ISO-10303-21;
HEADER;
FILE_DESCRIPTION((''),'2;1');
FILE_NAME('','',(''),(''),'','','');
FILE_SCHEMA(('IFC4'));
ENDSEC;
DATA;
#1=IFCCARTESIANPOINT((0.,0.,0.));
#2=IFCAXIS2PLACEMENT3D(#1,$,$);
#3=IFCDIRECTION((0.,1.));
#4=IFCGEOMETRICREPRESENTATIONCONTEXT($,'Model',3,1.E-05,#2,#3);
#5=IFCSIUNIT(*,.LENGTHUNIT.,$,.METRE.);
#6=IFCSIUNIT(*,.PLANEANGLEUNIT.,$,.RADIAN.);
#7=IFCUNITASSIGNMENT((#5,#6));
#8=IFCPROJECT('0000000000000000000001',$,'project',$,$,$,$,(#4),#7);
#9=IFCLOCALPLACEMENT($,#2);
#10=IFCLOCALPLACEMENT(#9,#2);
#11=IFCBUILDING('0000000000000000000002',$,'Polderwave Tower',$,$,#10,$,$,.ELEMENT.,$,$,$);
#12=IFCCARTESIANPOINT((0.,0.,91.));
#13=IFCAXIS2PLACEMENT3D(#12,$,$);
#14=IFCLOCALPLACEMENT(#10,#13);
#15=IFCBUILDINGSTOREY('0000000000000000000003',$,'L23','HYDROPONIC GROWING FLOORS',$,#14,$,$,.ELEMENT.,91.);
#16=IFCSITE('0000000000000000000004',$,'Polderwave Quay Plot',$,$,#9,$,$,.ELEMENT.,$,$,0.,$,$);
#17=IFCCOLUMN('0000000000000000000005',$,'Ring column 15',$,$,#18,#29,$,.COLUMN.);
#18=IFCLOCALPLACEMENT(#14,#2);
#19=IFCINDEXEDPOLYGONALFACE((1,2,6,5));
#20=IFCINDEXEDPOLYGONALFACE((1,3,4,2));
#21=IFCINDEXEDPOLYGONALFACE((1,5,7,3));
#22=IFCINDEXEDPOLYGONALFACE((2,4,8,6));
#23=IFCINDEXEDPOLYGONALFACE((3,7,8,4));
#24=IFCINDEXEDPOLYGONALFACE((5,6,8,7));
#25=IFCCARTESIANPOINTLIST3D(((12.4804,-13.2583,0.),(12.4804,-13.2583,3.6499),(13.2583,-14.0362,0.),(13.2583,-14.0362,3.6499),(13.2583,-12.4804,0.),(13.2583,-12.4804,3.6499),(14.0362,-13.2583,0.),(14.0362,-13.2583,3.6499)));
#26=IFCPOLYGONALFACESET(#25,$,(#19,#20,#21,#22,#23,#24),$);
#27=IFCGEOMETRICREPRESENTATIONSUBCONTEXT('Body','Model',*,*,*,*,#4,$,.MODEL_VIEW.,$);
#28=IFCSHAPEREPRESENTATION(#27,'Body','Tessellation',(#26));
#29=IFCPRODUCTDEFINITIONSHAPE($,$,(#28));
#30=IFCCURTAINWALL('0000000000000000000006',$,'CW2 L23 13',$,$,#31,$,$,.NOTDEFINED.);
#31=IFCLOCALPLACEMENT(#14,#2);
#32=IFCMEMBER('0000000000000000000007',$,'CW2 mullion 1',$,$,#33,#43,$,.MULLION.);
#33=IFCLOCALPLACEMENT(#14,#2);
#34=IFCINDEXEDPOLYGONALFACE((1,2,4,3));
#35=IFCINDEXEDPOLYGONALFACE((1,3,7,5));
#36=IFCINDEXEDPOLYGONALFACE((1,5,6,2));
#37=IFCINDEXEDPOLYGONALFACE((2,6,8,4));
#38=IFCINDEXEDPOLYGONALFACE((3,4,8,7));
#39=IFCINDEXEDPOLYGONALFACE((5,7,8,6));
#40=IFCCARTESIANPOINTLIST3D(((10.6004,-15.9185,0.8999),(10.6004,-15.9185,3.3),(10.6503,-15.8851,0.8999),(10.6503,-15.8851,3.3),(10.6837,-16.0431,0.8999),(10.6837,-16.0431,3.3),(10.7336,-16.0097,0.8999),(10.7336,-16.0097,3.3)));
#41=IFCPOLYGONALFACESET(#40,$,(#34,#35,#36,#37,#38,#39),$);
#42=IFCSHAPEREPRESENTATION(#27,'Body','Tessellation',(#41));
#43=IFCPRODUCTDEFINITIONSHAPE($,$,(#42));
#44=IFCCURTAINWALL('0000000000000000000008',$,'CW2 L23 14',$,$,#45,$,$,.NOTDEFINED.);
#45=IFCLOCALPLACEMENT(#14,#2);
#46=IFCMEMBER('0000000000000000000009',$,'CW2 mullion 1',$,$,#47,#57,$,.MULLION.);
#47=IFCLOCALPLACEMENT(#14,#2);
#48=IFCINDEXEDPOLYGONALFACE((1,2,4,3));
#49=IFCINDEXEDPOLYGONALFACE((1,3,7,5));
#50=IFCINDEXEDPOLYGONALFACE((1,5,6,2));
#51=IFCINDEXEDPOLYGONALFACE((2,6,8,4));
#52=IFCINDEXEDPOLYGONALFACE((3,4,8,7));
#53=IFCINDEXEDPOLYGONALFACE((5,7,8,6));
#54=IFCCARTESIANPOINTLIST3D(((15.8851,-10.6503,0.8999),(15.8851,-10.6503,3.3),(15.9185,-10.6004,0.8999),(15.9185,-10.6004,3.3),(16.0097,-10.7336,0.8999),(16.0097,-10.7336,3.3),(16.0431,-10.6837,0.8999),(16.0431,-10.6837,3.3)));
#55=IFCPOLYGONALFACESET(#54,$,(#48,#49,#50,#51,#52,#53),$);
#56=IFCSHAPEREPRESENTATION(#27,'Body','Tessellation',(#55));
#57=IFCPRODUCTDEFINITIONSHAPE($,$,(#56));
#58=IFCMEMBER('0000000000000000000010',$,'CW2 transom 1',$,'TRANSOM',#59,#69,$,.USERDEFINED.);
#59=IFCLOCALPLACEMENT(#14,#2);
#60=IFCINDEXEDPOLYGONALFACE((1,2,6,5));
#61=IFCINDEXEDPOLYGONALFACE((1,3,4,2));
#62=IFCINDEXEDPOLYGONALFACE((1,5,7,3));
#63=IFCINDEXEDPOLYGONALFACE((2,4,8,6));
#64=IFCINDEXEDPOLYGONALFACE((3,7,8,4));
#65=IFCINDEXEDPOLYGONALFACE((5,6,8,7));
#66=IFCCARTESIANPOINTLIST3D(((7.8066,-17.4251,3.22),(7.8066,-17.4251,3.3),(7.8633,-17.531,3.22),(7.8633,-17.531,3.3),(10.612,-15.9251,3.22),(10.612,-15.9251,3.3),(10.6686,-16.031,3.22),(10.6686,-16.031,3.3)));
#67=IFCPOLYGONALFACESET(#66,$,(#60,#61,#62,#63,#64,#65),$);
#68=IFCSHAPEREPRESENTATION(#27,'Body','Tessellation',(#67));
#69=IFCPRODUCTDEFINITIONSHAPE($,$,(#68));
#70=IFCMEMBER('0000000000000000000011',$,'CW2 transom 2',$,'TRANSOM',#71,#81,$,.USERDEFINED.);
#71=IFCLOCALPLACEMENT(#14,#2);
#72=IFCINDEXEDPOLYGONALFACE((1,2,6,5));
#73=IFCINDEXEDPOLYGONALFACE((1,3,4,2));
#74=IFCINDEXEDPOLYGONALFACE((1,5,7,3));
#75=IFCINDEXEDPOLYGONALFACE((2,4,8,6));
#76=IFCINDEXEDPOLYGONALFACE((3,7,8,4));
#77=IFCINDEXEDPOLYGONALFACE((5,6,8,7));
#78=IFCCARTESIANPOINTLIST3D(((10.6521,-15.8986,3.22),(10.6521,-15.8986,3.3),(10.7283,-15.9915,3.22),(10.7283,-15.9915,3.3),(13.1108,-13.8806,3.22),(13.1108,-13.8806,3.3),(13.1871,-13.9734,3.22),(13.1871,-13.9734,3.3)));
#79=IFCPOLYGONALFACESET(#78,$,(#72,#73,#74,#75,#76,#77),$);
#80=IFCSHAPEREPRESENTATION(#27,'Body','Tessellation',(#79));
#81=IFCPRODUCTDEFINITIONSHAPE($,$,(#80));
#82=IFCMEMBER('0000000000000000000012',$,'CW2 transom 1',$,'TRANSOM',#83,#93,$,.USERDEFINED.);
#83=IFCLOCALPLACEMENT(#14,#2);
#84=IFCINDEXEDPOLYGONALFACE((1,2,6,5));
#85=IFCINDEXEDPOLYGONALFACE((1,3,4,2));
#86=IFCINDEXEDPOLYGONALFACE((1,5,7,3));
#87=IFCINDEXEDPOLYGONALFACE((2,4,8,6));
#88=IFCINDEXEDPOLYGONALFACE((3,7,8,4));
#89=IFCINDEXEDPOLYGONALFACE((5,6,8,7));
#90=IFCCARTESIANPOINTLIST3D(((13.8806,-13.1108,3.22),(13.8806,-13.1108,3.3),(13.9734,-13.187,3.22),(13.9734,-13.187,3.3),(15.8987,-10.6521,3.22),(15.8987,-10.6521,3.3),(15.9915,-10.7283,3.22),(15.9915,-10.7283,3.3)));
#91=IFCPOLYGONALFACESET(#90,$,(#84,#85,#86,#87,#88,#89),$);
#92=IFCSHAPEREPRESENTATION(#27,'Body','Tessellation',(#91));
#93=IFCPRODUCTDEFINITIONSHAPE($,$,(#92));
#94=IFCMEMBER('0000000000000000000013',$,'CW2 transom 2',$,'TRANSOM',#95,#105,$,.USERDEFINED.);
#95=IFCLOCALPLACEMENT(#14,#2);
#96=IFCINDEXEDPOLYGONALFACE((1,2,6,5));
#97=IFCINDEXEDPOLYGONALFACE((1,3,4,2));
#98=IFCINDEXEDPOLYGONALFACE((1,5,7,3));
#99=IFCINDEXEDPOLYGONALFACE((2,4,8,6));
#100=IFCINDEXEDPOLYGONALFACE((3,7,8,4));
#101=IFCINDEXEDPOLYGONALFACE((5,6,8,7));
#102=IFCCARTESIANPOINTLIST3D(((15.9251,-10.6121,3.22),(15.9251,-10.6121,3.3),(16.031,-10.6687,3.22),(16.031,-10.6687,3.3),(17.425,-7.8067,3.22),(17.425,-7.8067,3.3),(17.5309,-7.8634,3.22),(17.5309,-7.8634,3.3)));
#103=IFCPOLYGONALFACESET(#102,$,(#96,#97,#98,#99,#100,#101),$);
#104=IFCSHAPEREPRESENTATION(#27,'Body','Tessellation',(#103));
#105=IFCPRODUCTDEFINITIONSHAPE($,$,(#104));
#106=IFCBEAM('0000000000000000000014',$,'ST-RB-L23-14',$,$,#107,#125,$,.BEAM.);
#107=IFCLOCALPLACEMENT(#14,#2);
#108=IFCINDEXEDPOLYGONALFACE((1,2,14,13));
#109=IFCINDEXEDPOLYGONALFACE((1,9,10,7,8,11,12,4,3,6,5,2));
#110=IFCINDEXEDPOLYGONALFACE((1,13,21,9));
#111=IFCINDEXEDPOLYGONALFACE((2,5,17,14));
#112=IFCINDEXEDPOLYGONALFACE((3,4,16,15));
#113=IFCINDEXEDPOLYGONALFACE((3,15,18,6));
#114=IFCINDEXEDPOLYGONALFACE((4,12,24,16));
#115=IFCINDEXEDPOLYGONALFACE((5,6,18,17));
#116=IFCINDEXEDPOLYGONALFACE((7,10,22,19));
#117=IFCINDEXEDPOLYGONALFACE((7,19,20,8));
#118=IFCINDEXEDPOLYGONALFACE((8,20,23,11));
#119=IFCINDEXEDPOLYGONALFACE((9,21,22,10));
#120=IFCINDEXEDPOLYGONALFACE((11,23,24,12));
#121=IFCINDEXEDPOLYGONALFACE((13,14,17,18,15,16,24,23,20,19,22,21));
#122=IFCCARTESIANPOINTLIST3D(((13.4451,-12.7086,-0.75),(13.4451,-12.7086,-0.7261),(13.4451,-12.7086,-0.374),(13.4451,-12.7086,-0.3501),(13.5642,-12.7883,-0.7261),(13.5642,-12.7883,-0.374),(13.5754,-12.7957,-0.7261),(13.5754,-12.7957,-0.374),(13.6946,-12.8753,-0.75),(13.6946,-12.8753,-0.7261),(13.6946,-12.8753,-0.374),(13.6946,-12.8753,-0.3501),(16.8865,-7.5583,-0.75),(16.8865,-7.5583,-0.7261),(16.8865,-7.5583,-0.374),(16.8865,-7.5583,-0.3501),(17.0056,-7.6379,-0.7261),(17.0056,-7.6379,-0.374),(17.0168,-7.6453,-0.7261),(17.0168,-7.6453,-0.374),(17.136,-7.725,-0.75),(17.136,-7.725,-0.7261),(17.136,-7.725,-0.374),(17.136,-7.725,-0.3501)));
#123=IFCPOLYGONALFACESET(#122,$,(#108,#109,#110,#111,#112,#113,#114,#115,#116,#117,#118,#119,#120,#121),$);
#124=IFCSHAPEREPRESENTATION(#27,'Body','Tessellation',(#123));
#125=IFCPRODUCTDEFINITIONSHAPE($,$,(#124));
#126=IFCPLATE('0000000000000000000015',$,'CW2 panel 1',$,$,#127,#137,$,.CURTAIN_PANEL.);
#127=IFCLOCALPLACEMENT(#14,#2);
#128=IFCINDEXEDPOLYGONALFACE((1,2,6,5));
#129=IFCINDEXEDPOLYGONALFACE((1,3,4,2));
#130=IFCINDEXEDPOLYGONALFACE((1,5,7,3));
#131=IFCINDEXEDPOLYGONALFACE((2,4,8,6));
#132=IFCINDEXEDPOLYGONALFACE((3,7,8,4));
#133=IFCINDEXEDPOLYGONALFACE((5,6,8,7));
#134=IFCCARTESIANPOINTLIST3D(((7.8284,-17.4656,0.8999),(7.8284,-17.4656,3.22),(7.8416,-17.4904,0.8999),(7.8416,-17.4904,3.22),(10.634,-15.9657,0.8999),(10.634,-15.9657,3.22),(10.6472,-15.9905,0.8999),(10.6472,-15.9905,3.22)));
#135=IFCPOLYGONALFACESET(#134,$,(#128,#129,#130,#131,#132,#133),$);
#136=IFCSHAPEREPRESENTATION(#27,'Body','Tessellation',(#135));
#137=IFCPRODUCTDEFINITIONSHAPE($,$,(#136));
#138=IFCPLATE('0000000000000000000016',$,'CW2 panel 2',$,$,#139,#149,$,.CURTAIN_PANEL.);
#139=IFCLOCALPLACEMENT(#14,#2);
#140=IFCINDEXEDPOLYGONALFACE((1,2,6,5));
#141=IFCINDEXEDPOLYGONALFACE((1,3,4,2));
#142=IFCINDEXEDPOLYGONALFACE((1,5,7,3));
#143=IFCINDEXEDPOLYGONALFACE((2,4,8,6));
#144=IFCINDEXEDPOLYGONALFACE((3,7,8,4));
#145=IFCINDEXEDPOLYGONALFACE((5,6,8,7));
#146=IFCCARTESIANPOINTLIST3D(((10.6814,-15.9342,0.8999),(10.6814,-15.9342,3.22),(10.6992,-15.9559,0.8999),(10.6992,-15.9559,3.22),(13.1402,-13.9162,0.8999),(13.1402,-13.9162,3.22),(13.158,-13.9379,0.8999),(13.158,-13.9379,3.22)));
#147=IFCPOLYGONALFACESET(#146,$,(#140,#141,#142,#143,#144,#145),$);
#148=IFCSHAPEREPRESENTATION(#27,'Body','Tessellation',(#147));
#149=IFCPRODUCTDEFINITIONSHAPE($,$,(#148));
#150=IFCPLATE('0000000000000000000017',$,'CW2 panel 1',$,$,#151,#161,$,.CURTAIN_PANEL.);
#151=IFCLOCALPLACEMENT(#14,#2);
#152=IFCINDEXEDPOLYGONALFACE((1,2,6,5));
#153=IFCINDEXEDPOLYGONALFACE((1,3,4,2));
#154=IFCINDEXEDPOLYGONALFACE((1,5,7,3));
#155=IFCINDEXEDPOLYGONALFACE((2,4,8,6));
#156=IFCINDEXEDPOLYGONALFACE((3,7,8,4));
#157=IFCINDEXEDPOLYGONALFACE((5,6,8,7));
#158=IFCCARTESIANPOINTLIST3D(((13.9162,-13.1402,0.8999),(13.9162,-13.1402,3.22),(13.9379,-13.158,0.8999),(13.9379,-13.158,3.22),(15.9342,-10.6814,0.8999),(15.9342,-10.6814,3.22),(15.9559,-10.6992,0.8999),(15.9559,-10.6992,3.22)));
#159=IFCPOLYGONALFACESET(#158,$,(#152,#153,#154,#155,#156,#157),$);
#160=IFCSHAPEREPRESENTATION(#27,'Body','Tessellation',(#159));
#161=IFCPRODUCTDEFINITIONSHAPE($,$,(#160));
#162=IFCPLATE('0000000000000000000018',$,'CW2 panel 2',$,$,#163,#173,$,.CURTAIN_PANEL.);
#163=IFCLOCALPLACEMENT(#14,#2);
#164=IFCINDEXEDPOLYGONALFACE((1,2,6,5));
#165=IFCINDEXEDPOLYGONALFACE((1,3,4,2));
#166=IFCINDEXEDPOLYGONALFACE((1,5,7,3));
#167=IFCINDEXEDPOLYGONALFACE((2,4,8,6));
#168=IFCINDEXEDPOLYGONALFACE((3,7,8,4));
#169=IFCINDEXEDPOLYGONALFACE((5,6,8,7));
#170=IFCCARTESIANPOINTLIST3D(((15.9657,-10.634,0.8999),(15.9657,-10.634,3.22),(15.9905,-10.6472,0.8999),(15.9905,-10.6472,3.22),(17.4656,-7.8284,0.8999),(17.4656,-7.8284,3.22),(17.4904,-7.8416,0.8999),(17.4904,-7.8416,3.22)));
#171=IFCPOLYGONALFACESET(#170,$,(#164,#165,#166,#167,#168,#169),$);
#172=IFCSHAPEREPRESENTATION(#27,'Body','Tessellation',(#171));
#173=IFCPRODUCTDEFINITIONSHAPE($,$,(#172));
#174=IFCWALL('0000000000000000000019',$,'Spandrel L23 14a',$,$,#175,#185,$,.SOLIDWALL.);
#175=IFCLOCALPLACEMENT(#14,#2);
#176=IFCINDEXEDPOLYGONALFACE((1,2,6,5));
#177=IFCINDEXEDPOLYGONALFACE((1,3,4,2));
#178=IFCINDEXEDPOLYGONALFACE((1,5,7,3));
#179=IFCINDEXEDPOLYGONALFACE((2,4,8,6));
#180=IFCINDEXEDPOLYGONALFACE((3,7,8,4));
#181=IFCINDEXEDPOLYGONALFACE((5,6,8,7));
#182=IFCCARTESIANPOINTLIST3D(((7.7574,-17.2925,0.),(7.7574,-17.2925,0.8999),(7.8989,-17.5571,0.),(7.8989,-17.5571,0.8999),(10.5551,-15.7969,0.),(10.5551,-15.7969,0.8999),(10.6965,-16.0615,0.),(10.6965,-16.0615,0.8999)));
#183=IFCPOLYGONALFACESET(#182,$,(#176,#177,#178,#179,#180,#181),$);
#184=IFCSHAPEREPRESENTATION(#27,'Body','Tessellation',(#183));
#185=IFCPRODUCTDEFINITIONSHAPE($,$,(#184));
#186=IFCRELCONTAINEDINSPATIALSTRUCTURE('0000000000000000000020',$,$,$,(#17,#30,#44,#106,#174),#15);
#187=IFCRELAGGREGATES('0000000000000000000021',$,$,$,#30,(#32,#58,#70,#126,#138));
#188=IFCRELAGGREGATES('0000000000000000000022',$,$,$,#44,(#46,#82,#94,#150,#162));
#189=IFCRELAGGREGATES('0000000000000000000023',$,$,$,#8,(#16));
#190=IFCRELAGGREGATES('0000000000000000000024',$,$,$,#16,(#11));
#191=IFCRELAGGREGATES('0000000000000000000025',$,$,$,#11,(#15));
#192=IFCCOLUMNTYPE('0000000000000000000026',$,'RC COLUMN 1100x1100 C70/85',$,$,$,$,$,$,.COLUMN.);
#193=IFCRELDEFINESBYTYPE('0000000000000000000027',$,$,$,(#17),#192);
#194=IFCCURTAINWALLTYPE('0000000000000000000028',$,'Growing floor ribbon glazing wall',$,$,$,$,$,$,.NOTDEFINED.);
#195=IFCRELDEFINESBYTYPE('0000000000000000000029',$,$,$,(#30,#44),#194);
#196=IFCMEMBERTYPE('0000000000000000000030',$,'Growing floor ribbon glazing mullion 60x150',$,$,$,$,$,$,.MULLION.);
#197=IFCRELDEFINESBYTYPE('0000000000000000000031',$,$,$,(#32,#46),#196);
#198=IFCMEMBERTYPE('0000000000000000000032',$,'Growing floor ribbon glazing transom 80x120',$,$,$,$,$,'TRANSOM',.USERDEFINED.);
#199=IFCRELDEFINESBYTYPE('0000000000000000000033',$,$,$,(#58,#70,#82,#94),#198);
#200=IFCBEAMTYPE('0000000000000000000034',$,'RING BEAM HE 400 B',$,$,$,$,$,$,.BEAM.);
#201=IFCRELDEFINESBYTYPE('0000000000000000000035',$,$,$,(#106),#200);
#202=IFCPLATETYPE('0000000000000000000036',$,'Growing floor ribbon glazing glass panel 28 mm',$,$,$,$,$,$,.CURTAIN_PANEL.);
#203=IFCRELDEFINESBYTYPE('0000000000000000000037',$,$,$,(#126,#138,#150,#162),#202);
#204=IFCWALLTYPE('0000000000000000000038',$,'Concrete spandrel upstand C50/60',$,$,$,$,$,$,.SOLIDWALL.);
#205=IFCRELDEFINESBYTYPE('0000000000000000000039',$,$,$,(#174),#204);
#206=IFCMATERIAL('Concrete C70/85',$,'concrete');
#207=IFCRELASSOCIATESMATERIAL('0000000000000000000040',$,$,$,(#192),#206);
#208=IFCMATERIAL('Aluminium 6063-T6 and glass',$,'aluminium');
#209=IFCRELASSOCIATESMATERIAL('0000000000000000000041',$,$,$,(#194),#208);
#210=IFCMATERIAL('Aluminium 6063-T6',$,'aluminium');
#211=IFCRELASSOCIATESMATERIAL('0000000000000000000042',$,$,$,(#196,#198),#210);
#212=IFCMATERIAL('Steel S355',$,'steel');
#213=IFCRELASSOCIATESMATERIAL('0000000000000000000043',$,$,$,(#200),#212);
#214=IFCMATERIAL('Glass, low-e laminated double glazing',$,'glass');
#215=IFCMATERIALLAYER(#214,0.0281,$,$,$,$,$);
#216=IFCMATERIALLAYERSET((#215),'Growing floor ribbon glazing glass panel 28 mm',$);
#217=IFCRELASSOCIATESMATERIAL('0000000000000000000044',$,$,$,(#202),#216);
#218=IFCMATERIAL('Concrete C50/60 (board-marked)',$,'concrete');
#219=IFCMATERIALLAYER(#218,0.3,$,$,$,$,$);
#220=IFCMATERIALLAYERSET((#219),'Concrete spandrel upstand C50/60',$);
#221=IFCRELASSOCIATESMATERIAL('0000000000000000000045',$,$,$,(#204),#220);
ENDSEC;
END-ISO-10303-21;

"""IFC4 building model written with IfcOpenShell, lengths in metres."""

from ifc_helpers import new_model, si_unit, direction, frame, frame_2d, origin, origin_2d, place, context, subcontext, project, spatial, rectangle, i_section, extrude, material, layer, layer_set, material_profile, profile_set, type_object, element, aggregate, save


model = new_model("IFC4")

# Units and contexts
model_context = context("Model", 3, precision=1e-05, world=origin(), true_north=direction((0.0, 1.0)))
body_context = subcontext(model_context, "Body", "Model", "MODEL_VIEW")
ifc_project = project(units=[si_unit("LENGTHUNIT", "METRE"), si_unit("PLANEANGLEUNIT", "RADIAN")], contexts=[model_context])

# Site, building, storey
site_placement = place(None, origin())
site = spatial("IfcSite", under=ifc_project, at=site_placement, Name="Polderwave Quay Plot", CompositionType="ELEMENT", RefElevation=0.0)
building_placement = place(site_placement, origin())
building = spatial("IfcBuilding", under=site, at=building_placement, Name="Polderwave Tower", CompositionType="ELEMENT")
storey_placement = place(building_placement, frame((0.0, 0.0, 91.0)))
storey = spatial("IfcBuildingStorey", under=building, at=storey_placement, Name="L23", Description="HYDROPONIC GROWING FLOORS", CompositionType="ELEMENT", Elevation=91.0)

# Column
ifc_material_1 = material(Name="Concrete C70/85", Category="concrete")
ifc_material_profile_1 = material_profile(ifc_material_1, rectangle(XDim=1.1001, YDim=1.1001, at=origin_2d()), Name="RC 1100x1100")
ifc_profile_set_1 = profile_set([ifc_material_profile_1], Name="Concrete C70/85")
column_type = type_object("IfcColumnType", Name="RC COLUMN 1100x1100 C70/85", PredefinedType="COLUMN", material=ifc_profile_set_1)
column_placement = place(storey_placement, frame((13.2583, -13.2583, 0.0), z_axis=(0.0, 0.0, 1.0), x_axis=(0.707107, -0.707107, 0.0)))
element("IfcColumn", 1, at=column_placement, inside=storey, type_object=column_type, Name="Ring column 15", PredefinedType="COLUMN", context=body_context, shape_type="SweptSolid", body=[
    extrude(rectangle(XDim=1.1001, YDim=1.1001, at=origin_2d()), origin(), (0.0, 0.0, 1.0), 3.6499),
])

# Curtain walls, members
ifc_material_2 = material(Name="Aluminium 6063-T6 and glass", Category="aluminium")
curtain_wall_type = type_object("IfcCurtainWallType", Name="Growing floor ribbon glazing wall", PredefinedType="NOTDEFINED", material=ifc_material_2)
curtain_wall_1_placement = place(storey_placement, origin())
curtain_wall_1 = element("IfcCurtainWall", 2, at=curtain_wall_1_placement, inside=storey, type_object=curtain_wall_type, Name="CW2 L23 13", PredefinedType="NOTDEFINED")
ifc_material_3 = material(Name="Aluminium 6063-T6", Category="aluminium")
ifc_material_profile_2 = material_profile(ifc_material_3, rectangle(XDim=0.1499, YDim=0.0601, at=origin_2d()), Name="AL 60x150")
ifc_profile_set_2 = profile_set([ifc_material_profile_2], Name="Aluminium 6063-T6")
member_type_1 = type_object("IfcMemberType", Name="Growing floor ribbon glazing mullion 60x150", PredefinedType="MULLION", material=ifc_profile_set_2)
member_1_placement = place(storey_placement, frame((10.667, -15.9641, 0.8999), z_axis=(0.0, 0.0, 1.0), x_axis=(-0.555608, 0.831444, 0.0)))
member_1 = element("IfcMember", 3, at=member_1_placement, type_object=member_type_1, Name="CW2 mullion 1", PredefinedType="MULLION", context=body_context, shape_type="SweptSolid", body=[
    extrude(rectangle(XDim=0.1499, YDim=0.0601, at=origin_2d()), origin(), (0.0, 0.0, 1.0), 2.4001),
])
curtain_wall_2_placement = place(storey_placement, origin())
curtain_wall_2 = element("IfcCurtainWall", 4, at=curtain_wall_2_placement, inside=storey, type_object=curtain_wall_type, Name="CW2 L23 14", PredefinedType="NOTDEFINED")
member_2_placement = place(storey_placement, frame((15.9641, -10.667, 0.8999), z_axis=(0.0, 0.0, 1.0), x_axis=(-0.831444, 0.555608, 0.0)))
member_2 = element("IfcMember", 5, at=member_2_placement, type_object=member_type_1, Name="CW2 mullion 1", PredefinedType="MULLION", context=body_context, shape_type="SweptSolid", body=[
    extrude(rectangle(XDim=0.1499, YDim=0.0601, at=origin_2d()), origin(), (0.0, 0.0, 1.0), 2.4001),
])

# Members
ifc_material_profile_3 = material_profile(ifc_material_3, rectangle(XDim=0.1201, YDim=0.0801, at=origin_2d()), Name="AL 80x120")
ifc_profile_set_3 = profile_set([ifc_material_profile_3], Name="Aluminium 6063-T6")
member_type_2 = type_object("IfcMemberType", Name="Growing floor ribbon glazing transom 80x120", ElementType="TRANSOM", PredefinedType="USERDEFINED", material=ifc_profile_set_3)
member_3_placement = place(storey_placement, frame((7.835, -17.478, 3.26), z_axis=(0.88186, 0.471512, 0.0), x_axis=(-0.471512, 0.88186, 0.0)))
member_3 = element("IfcMember", 6, at=member_3_placement, type_object=member_type_2, Name="CW2 transom 1", ObjectType="TRANSOM", PredefinedType="USERDEFINED", context=body_context, shape_type="SweptSolid", body=[
    extrude(rectangle(XDim=0.1201, YDim=0.0801, at=origin_2d()), origin(), (0.0, 0.0, 1.0), 3.1812),
])
member_4_placement = place(storey_placement, frame((10.6902, -15.9451, 3.26), z_axis=(0.772975, 0.634437, 0.0), x_axis=(-0.634437, 0.772975, 0.0)))
member_4 = element("IfcMember", 7, at=member_4_placement, type_object=member_type_2, Name="CW2 transom 2", ObjectType="TRANSOM", PredefinedType="USERDEFINED", context=body_context, shape_type="SweptSolid", body=[
    extrude(rectangle(XDim=0.1201, YDim=0.0801, at=origin_2d()), origin(), (0.0, 0.0, 1.0), 3.1809),
])
member_5_placement = place(storey_placement, frame((13.927, -13.1489, 3.26), z_axis=(0.634437, 0.772975, 0.0), x_axis=(-0.772975, 0.634437, 0.0)))
member_5 = element("IfcMember", 8, at=member_5_placement, type_object=member_type_2, Name="CW2 transom 1", ObjectType="TRANSOM", PredefinedType="USERDEFINED", context=body_context, shape_type="SweptSolid", body=[
    extrude(rectangle(XDim=0.1201, YDim=0.0801, at=origin_2d()), origin(), (0.0, 0.0, 1.0), 3.1809),
])
member_6_placement = place(storey_placement, frame((15.978, -10.6404, 3.26), z_axis=(0.471512, 0.88186, 0.0), x_axis=(-0.88186, 0.471512, 0.0)))
member_6 = element("IfcMember", 9, at=member_6_placement, type_object=member_type_2, Name="CW2 transom 2", ObjectType="TRANSOM", PredefinedType="USERDEFINED", context=body_context, shape_type="SweptSolid", body=[
    extrude(rectangle(XDim=0.1201, YDim=0.0801, at=origin_2d()), origin(), (0.0, 0.0, 1.0), 3.1812),
])

# Beam
ifc_material_4 = material(Name="Steel S355", Category="steel")
ifc_material_profile_4 = material_profile(ifc_material_4, i_section(OverallWidth=0.3, OverallDepth=0.3999, WebThickness=0.0134, FlangeThickness=0.0239, at=origin_2d()), Name="HE 400 B")
ifc_profile_set_4 = profile_set([ifc_material_profile_4], Name="Steel S355")
beam_type = type_object("IfcBeamType", Name="RING BEAM HE 400 B", PredefinedType="BEAM", material=ifc_profile_set_4)
beam_placement = place(storey_placement, frame((13.5698, -12.792, -0.55), z_axis=(0.555573, 0.831468, 0.0), x_axis=(-0.831468, 0.555573, 0.0)))
element("IfcBeam", 10, at=beam_placement, inside=storey, type_object=beam_type, Name="ST-RB-L23-14", PredefinedType="BEAM", context=body_context, shape_type="SweptSolid", body=[
    extrude(i_section(OverallWidth=0.3, OverallDepth=0.3999, WebThickness=0.0134, FlangeThickness=0.0239, at=origin_2d()), origin(), (0.0, 0.0, 1.0), 6.1943),
])

# Plates
ifc_material_5 = material(Name="Glass, low-e laminated double glazing", Category="glass")
ifc_layer_1 = layer(ifc_material_5, 0.0281)
ifc_layer_set_1 = layer_set([ifc_layer_1], Name="Growing floor ribbon glazing glass panel 28 mm")
plate_type = type_object("IfcPlateType", Name="Growing floor ribbon glazing glass panel 28 mm", PredefinedType="CURTAIN_PANEL", material=ifc_layer_set_1)
plate_1_placement = place(storey_placement, frame((9.2378, -16.728, 0.8999), z_axis=(0.0, 0.0, 1.0), x_axis=(0.881887, 0.471461, 0.0)))
plate_1 = element("IfcPlate", 11, at=plate_1_placement, type_object=plate_type, Name="CW2 panel 1", PredefinedType="CURTAIN_PANEL", context=body_context, shape_type="SweptSolid", body=[
    extrude(rectangle(XDim=3.1814, YDim=0.0281, at=origin_2d()), origin(), (0.0, 0.0, 1.0), 2.3201),
])
plate_2_placement = place(storey_placement, frame((11.9197, -14.936, 0.8999), z_axis=(0.0, 0.0, 1.0), x_axis=(0.772999, 0.634407, 0.0)))
plate_2 = element("IfcPlate", 12, at=plate_2_placement, type_object=plate_type, Name="CW2 panel 2", PredefinedType="CURTAIN_PANEL", context=body_context, shape_type="SweptSolid", body=[
    extrude(rectangle(XDim=3.1809, YDim=0.0281, at=origin_2d()), origin(), (0.0, 0.0, 1.0), 2.3201),
])
aggregate(curtain_wall_1, [member_1, member_3, member_4, plate_1, plate_2])
plate_3_placement = place(storey_placement, frame((14.936, -11.9197, 0.8999), z_axis=(0.0, 0.0, 1.0), x_axis=(0.634407, 0.772999, 0.0)))
plate_3 = element("IfcPlate", 13, at=plate_3_placement, type_object=plate_type, Name="CW2 panel 1", PredefinedType="CURTAIN_PANEL", context=body_context, shape_type="SweptSolid", body=[
    extrude(rectangle(XDim=3.1809, YDim=0.0281, at=origin_2d()), origin(), (0.0, 0.0, 1.0), 2.3201),
])
plate_4_placement = place(storey_placement, frame((16.728, -9.2378, 0.8999), z_axis=(0.0, 0.0, 1.0), x_axis=(0.471461, 0.881887, 0.0)))
plate_4 = element("IfcPlate", 14, at=plate_4_placement, type_object=plate_type, Name="CW2 panel 2", PredefinedType="CURTAIN_PANEL", context=body_context, shape_type="SweptSolid", body=[
    extrude(rectangle(XDim=3.1814, YDim=0.0281, at=origin_2d()), origin(), (0.0, 0.0, 1.0), 2.3201),
])
aggregate(curtain_wall_2, [member_2, member_5, member_6, plate_3, plate_4])

# Wall
ifc_material_6 = material(Name="Concrete C50/60 (board-marked)", Category="concrete")
ifc_layer_2 = layer(ifc_material_6, 0.3)
ifc_layer_set_2 = layer_set([ifc_layer_2], Name="Concrete spandrel upstand C50/60")
wall_type_1 = type_object("IfcWallType", Name="Concrete spandrel upstand C50/60", PredefinedType="SOLIDWALL", material=ifc_layer_set_2)
wall_1_placement = place(storey_placement, frame((7.8281, -17.4248, 0.0), z_axis=(0.0, 0.0, 1.0), x_axis=(0.881888, 0.471459, 0.0)))
element("IfcWall", 15, at=wall_1_placement, inside=storey, type_object=wall_type_1, Name="Spandrel L23 14a", PredefinedType="SOLIDWALL", context=body_context, shape_type="SweptSolid", body=[
    extrude(rectangle(XDim=3.1724, YDim=0.3, at=frame_2d((1.5862, 0.0))), origin(), (0.0, 0.0, 1.0), 0.8999),
])

save(model, "model.ifc")
